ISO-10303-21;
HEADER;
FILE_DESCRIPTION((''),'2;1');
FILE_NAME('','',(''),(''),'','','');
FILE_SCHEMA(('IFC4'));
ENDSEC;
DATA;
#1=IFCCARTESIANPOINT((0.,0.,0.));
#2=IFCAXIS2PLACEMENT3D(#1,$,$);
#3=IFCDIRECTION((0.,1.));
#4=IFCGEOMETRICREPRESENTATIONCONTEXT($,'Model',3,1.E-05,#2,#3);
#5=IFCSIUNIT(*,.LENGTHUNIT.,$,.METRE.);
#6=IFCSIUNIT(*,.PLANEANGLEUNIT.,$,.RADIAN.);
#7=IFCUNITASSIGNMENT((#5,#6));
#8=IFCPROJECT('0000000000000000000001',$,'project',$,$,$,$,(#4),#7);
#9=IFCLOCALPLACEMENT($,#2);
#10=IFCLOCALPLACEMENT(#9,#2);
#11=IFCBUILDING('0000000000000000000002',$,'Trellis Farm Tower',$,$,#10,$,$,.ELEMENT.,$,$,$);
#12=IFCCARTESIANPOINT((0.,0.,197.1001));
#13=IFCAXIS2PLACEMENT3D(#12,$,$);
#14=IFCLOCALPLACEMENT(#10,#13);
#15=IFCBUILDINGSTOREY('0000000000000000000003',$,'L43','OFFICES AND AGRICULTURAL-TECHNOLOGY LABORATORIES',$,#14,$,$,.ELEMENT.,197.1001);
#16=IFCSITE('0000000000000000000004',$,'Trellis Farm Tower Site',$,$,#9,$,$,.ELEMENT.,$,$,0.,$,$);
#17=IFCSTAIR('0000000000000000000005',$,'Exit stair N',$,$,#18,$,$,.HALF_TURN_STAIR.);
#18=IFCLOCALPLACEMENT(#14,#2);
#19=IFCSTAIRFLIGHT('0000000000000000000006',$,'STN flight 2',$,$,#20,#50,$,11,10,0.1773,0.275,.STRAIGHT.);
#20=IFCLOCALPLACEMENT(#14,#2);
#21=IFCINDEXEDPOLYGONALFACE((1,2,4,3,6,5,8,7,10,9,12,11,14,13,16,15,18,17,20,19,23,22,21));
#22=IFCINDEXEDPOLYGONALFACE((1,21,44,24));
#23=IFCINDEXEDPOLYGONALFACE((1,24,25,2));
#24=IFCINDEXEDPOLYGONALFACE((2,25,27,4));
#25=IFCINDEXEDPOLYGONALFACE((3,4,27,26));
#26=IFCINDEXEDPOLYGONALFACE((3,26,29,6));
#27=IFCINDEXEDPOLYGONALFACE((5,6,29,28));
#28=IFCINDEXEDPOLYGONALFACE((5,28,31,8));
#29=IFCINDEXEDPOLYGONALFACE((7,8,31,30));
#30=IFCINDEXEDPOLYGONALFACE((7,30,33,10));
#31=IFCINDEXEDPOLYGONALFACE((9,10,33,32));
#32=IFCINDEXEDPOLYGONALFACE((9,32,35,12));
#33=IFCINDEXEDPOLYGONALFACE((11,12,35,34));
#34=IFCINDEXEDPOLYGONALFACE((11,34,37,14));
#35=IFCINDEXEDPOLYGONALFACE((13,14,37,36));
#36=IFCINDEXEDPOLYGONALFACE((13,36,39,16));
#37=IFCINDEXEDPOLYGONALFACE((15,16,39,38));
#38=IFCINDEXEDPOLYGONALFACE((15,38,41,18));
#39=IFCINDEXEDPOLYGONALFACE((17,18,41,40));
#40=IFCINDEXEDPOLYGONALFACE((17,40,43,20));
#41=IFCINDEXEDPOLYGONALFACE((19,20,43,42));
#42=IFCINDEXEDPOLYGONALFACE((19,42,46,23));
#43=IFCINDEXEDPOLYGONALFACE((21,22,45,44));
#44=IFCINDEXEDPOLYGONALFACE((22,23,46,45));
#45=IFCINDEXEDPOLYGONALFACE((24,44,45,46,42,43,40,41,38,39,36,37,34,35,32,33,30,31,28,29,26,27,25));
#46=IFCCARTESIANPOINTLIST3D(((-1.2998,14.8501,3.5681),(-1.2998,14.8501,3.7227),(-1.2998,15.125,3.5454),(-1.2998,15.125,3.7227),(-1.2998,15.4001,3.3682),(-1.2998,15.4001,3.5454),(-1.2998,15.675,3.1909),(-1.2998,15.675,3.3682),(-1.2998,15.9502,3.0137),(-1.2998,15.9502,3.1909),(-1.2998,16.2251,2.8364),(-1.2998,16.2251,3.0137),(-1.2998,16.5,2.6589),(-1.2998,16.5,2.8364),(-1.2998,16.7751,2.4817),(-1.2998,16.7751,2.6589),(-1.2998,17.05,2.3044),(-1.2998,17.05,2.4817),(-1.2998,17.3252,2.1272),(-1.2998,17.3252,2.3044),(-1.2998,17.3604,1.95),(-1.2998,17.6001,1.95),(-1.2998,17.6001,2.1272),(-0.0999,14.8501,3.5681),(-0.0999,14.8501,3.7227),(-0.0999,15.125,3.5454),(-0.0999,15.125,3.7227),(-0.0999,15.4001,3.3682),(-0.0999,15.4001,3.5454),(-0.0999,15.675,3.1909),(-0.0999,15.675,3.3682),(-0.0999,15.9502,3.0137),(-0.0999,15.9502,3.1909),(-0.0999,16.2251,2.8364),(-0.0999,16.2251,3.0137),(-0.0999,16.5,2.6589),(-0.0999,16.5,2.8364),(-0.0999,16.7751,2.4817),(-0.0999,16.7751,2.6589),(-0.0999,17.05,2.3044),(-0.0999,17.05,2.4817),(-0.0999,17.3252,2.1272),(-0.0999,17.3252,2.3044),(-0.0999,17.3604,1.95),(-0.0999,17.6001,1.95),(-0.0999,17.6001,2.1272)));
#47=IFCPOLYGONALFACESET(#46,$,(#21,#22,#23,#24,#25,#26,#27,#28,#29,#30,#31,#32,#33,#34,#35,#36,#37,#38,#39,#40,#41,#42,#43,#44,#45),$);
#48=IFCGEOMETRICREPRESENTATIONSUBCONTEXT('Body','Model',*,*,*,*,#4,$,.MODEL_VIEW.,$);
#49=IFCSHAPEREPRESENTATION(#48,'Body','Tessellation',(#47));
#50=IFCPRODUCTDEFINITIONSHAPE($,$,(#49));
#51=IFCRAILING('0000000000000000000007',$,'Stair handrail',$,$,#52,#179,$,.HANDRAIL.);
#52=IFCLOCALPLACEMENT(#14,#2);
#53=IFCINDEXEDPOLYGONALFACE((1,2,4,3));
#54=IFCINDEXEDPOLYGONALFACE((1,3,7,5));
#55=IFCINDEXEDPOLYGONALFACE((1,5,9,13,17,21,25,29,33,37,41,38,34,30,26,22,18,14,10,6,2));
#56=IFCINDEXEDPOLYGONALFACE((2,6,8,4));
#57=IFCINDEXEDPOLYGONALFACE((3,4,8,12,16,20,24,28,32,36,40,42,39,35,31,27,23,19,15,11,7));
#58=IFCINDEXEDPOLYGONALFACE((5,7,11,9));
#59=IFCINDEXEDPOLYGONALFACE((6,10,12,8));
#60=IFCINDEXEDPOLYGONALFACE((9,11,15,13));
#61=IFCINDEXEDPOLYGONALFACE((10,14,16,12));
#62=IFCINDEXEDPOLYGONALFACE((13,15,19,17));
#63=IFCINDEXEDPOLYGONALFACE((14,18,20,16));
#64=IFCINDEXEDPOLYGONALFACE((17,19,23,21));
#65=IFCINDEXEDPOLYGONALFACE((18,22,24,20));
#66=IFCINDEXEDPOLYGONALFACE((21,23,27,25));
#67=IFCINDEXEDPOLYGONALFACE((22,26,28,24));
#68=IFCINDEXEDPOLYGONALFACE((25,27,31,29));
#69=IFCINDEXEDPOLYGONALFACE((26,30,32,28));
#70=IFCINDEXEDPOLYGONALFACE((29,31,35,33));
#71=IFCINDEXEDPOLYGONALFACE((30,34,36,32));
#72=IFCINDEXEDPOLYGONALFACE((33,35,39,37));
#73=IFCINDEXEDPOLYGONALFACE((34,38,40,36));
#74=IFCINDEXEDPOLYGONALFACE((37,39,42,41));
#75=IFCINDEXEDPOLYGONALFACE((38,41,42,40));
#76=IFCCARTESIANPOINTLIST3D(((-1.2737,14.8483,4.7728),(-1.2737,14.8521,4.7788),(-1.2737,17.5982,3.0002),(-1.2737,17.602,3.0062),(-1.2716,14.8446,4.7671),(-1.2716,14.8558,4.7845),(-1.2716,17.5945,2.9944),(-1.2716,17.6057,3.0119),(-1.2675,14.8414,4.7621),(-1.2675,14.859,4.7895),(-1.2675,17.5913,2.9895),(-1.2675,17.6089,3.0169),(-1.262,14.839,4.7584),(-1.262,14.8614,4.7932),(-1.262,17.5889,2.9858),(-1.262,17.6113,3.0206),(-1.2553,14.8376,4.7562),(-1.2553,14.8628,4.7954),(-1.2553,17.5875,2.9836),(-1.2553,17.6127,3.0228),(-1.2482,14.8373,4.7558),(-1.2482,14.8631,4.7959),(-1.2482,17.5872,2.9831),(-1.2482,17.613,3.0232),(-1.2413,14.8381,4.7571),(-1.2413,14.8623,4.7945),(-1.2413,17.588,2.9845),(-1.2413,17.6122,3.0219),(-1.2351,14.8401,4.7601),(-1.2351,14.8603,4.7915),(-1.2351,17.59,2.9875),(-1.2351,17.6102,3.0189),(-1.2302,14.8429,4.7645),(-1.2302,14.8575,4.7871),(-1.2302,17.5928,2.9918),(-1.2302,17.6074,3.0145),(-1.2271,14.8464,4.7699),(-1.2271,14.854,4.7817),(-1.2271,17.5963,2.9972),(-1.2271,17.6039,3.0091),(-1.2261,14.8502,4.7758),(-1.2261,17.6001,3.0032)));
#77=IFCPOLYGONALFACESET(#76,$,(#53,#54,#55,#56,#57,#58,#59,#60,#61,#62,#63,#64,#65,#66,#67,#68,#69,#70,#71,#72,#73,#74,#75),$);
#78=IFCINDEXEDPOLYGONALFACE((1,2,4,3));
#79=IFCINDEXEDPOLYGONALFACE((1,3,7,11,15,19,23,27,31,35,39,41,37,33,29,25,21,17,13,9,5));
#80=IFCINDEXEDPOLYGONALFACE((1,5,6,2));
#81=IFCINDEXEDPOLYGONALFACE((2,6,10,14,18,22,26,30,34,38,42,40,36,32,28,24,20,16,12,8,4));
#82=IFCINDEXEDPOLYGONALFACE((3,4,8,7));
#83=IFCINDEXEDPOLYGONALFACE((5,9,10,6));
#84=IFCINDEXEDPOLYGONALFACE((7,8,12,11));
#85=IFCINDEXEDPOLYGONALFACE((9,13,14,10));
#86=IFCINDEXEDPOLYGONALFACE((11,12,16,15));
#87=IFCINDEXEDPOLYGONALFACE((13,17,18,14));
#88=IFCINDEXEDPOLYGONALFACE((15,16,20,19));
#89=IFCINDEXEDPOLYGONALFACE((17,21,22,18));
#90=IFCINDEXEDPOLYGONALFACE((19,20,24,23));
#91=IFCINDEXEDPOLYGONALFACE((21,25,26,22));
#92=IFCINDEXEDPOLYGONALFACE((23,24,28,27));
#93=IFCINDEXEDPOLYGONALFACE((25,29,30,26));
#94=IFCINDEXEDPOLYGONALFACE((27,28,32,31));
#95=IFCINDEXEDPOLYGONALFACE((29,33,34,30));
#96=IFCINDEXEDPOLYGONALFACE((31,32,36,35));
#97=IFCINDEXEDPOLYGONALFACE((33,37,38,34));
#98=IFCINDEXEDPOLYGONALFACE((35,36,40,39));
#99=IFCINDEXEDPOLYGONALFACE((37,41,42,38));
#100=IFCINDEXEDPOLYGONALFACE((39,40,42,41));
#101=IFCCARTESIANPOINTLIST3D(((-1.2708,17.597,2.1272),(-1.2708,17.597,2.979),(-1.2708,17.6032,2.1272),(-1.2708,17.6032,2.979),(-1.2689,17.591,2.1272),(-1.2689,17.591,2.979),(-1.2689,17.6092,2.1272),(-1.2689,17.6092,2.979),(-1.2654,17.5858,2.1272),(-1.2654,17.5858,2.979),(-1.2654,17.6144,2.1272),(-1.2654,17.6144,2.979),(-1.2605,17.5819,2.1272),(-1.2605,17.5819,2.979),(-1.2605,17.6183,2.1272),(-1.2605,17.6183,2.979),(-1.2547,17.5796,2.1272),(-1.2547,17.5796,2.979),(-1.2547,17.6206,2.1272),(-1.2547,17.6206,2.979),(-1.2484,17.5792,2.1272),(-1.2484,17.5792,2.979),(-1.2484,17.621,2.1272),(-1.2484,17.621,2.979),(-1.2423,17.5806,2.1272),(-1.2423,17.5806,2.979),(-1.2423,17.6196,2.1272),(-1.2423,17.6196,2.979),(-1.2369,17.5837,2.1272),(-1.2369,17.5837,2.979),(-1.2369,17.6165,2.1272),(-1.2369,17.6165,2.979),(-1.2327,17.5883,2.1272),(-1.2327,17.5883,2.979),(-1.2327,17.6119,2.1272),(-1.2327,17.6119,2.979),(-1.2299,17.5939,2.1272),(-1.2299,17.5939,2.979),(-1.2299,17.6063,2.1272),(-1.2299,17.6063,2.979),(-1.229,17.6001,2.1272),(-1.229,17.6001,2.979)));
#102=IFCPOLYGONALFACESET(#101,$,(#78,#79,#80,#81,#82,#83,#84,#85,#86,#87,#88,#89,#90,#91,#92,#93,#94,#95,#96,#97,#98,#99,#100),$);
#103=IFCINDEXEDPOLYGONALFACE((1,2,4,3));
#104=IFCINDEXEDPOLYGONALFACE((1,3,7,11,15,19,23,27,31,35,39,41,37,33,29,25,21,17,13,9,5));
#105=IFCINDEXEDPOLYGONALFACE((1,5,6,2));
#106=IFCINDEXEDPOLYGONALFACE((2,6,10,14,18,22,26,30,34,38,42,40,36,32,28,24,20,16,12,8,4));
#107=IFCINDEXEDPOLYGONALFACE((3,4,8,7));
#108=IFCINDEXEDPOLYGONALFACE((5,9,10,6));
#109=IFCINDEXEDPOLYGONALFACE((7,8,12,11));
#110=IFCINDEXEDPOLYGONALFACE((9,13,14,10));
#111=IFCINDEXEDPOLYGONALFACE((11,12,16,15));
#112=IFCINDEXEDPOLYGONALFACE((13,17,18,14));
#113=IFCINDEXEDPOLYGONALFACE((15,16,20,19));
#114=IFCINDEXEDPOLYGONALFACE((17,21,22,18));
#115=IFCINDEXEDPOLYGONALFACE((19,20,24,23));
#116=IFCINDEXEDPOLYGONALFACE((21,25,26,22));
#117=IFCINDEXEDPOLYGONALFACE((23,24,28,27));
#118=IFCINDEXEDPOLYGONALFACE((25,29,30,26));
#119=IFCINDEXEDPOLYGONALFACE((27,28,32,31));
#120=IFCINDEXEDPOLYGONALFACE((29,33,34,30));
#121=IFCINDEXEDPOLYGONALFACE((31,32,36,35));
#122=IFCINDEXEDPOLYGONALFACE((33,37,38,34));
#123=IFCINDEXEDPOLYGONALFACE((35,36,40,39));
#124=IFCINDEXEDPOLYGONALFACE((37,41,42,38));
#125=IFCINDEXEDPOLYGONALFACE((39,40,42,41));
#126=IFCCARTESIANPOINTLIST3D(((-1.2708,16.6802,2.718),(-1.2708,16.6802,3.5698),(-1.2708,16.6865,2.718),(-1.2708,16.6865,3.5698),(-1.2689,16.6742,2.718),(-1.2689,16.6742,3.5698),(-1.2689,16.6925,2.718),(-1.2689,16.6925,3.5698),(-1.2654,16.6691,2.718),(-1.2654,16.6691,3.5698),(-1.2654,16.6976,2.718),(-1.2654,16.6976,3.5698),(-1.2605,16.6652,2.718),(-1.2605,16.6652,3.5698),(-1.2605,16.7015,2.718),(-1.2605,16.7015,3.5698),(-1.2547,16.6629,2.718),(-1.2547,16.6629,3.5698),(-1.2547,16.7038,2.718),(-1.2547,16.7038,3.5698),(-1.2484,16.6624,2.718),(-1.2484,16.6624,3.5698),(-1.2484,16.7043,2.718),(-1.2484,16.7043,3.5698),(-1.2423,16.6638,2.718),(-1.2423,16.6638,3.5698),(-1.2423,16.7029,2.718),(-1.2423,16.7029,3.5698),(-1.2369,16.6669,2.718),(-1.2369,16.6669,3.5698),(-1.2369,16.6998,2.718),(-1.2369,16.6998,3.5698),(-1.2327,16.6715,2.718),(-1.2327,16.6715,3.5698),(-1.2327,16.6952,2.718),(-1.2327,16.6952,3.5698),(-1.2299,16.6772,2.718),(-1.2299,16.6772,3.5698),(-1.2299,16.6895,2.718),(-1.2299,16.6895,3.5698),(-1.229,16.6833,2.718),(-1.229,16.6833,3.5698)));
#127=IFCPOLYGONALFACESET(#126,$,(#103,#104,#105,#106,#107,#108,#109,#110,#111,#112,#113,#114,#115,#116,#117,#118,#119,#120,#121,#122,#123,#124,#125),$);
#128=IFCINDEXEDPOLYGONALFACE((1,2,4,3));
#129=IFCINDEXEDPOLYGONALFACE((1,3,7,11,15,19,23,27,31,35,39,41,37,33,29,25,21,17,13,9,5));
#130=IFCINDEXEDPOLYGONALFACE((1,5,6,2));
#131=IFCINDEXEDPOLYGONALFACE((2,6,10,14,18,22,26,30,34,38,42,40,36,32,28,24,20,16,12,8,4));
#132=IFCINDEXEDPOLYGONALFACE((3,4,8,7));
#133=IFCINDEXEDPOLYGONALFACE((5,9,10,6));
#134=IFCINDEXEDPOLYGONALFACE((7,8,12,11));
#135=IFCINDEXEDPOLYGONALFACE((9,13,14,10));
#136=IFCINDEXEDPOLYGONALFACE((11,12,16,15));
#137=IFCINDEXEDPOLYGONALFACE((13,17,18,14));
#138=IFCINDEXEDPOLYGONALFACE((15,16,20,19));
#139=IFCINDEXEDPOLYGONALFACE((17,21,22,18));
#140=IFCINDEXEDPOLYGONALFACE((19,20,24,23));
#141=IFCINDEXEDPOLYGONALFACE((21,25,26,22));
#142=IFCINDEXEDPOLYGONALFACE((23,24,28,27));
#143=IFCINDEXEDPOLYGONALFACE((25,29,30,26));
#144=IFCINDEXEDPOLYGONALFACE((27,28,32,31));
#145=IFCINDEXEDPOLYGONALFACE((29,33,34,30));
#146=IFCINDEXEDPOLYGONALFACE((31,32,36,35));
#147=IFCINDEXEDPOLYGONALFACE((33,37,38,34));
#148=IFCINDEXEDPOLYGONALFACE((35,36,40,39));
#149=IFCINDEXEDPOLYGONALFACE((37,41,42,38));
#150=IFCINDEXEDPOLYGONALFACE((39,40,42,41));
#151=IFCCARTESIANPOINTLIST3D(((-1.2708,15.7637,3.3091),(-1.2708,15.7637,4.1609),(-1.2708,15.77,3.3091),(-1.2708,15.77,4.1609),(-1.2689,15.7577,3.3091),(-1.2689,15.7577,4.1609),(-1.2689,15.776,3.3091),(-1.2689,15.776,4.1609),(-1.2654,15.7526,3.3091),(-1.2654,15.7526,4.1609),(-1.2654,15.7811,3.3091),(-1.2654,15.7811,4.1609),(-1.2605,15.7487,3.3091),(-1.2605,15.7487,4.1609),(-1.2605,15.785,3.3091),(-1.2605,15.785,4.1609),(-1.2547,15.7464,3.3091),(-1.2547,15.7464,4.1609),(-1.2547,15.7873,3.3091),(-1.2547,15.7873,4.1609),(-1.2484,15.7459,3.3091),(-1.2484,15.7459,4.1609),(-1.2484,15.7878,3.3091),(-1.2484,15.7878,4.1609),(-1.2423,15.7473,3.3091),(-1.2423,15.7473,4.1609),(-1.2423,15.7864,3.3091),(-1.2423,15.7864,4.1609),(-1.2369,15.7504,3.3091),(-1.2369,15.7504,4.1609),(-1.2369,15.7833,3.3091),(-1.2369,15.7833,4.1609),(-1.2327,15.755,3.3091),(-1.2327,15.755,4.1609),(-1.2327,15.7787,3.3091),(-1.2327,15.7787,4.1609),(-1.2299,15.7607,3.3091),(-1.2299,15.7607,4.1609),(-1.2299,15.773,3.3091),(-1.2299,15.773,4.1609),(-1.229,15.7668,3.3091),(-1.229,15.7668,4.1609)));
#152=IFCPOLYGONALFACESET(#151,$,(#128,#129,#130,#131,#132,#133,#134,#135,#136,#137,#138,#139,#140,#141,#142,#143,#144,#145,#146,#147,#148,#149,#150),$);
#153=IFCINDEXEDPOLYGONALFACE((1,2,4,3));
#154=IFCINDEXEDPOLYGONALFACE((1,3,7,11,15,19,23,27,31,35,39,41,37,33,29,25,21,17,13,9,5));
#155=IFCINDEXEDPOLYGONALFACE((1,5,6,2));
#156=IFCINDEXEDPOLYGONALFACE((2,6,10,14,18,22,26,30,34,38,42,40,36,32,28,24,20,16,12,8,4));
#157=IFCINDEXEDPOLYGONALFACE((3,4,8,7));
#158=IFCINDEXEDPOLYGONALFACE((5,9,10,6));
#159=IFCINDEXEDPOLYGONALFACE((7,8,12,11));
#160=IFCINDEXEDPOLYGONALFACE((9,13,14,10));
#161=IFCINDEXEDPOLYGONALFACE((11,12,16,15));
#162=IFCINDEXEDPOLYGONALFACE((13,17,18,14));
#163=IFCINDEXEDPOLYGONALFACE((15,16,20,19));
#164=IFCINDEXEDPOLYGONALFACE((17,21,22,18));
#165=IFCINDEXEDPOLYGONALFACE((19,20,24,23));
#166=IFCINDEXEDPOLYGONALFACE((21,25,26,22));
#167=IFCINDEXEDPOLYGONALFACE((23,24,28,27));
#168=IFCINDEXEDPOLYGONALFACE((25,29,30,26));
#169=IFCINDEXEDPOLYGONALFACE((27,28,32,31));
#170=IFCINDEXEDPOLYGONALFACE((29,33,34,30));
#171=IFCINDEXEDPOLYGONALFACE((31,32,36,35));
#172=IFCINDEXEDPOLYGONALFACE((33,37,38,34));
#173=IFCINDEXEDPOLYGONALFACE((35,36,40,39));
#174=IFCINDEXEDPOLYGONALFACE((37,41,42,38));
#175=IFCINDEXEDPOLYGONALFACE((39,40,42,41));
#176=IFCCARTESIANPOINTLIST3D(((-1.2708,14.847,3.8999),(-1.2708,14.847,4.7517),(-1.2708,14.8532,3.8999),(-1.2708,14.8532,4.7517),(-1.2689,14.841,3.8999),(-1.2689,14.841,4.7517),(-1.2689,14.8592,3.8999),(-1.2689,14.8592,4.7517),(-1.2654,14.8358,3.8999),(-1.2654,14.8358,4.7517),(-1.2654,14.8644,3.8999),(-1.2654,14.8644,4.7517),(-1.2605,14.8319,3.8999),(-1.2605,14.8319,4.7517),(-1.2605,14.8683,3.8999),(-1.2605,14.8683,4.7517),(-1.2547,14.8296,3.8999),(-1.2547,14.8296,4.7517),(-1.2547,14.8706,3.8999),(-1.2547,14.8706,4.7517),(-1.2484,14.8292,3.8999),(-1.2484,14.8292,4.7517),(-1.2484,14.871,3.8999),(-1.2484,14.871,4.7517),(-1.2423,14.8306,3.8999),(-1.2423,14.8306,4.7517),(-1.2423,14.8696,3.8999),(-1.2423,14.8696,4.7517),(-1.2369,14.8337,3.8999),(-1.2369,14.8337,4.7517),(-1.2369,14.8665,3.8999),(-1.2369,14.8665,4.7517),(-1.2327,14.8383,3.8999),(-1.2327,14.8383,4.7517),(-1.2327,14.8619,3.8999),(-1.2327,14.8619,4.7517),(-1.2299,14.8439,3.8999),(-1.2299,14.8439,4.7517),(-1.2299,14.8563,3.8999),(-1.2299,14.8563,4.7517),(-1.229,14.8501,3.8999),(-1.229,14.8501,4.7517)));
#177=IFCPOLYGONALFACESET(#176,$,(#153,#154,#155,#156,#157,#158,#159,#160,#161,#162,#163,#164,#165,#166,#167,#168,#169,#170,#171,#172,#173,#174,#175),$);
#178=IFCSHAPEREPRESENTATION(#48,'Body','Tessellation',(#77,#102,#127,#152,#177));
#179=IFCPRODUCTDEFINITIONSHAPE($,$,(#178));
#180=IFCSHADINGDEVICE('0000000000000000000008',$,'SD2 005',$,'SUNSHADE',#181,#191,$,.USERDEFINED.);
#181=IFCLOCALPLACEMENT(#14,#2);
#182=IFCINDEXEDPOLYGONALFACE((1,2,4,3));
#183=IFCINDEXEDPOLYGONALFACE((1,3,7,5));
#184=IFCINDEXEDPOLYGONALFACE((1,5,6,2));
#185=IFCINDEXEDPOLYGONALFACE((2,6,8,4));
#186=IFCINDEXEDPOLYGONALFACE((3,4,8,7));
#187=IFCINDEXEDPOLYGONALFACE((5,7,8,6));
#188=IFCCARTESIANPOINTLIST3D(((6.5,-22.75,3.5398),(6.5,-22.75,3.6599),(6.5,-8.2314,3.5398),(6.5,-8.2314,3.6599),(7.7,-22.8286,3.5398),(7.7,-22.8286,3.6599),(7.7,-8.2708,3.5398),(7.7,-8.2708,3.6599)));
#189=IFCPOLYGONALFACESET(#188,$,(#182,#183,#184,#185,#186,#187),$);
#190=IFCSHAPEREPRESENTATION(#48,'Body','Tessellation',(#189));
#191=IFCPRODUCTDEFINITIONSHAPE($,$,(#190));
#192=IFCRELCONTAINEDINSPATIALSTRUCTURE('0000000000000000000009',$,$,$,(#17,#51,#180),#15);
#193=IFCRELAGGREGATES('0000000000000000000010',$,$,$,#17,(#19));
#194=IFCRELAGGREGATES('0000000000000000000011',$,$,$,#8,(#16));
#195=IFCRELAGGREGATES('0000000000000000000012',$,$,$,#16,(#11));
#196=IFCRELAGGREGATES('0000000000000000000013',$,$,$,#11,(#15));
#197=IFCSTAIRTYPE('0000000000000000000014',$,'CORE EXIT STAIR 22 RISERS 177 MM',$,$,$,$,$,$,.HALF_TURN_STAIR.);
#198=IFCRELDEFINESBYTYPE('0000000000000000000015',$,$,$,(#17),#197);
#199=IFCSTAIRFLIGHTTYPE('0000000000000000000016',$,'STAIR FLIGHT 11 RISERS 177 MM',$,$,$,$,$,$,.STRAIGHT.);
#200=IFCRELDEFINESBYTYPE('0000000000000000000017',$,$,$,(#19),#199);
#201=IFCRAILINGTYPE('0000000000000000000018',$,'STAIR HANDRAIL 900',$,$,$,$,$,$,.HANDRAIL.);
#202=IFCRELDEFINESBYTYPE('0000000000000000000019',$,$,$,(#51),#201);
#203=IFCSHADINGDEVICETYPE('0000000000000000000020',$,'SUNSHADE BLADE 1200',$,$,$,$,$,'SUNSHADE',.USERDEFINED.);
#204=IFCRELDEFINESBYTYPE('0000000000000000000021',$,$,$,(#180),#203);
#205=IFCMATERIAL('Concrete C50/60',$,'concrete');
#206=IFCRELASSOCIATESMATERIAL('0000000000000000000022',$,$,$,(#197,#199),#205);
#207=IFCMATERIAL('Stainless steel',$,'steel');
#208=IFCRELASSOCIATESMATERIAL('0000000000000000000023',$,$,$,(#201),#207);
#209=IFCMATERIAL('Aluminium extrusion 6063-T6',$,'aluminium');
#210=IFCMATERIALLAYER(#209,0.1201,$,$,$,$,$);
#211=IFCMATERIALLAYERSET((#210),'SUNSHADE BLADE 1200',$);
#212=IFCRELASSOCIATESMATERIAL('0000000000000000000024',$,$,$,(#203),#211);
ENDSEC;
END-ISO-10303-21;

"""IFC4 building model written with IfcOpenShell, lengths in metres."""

from ifc_helpers import new_model, si_unit, direction, frame, origin, origin_2d, place, context, subcontext, project, spatial, polyline, circle, outline, extrude, source, transform, mapped, material, layer, layer_set, type_object, element, aggregate, save


model = new_model("IFC4")

# Units and contexts
model_context = context("Model", 3, precision=1e-05, world=origin(), true_north=direction((0.0, 1.0)))
body_context = subcontext(model_context, "Body", "Model", "MODEL_VIEW")
ifc_project = project(units=[si_unit("LENGTHUNIT", "METRE"), si_unit("PLANEANGLEUNIT", "RADIAN")], contexts=[model_context])

# Site, building, storey
site_placement = place(None, origin())
site = spatial("IfcSite", under=ifc_project, at=site_placement, Name="Trellis Farm Tower Site", CompositionType="ELEMENT", RefElevation=0.0)
building_placement = place(site_placement, origin())
building = spatial("IfcBuilding", under=site, at=building_placement, Name="Trellis Farm Tower", CompositionType="ELEMENT")
storey_placement = place(building_placement, frame((0.0, 0.0, 197.1001)))
storey = spatial("IfcBuildingStorey", under=building, at=storey_placement, Name="L43", Description="OFFICES AND AGRICULTURAL-TECHNOLOGY LABORATORIES", CompositionType="ELEMENT", Elevation=197.1001)

# Shared definitions
placement = place(storey_placement, origin())
ifc_material_1 = material(Name="Aluminium extrusion 6063-T6", Category="aluminium")

# Stair, stair flight
ifc_material_2 = material(Name="Concrete C50/60", Category="concrete")
stair_type = type_object("IfcStairType", Name="CORE EXIT STAIR 22 RISERS 177 MM", PredefinedType="HALF_TURN_STAIR", material=ifc_material_2)
stair = element("IfcStair", 1, at=placement, inside=storey, type_object=stair_type, Name="Exit stair N", PredefinedType="HALF_TURN_STAIR")
stair_flight_type = type_object("IfcStairFlightType", Name="STAIR FLIGHT 11 RISERS 177 MM", PredefinedType="STRAIGHT", material=ifc_material_2)
shared_shape_1 = source(origin(), body_context, "Body", "SweptSolid", [
    extrude(outline(polyline([(0.0, 0.0), (0.0, 0.1772), (0.2749, 0.1772), (0.2749, 0.3545), (0.55, 0.3545), (0.55, 0.5317), (0.825, 0.5317), (0.825, 0.709), (1.1001, 0.709), (1.1001, 0.8865), (1.375, 0.8865), (1.375, 1.0637), (1.6499, 1.0637), (1.6499, 1.241), (1.925, 1.241), (1.925, 1.4182), (2.2, 1.4182), (2.2, 1.5955), (2.4751, 1.5955), (2.4751, 1.7727), (2.75, 1.7727), (2.75, 1.95), (2.75, 1.6182), (0.2397, 0.0), (0.0, 0.0)])), frame((0.0, 0.6001, 0.0), z_axis=(0.0, -1.0, 0.0), x_axis=(1.0, 0.0, 0.0)), (0.0, 0.0, 1.0), 1.2),
])
stair_flight_placement = place(storey_placement, frame((-0.7, 17.6001, 1.95), z_axis=(0.0, 0.0, 1.0), x_axis=(0.0, -1.0, 0.0)))
stair_flight = element("IfcStairFlight", 2, at=stair_flight_placement, type_object=stair_flight_type, Name="STN flight 2", NumberOfRisers=11, NumberOfTreads=10, PredefinedType="STRAIGHT", RiserHeight=0.1773, TreadLength=0.275, context=body_context, shape_type="MappedRepresentation", body=[
    mapped(shared_shape_1, transform((0.0, 0.0, 0.0))),
])
aggregate(stair, [stair_flight])

# Railing
ifc_material_3 = material(Name="Stainless steel", Category="steel")
railing_type = type_object("IfcRailingType", Name="STAIR HANDRAIL 900", PredefinedType="HANDRAIL", material=ifc_material_3)
shared_shape_2 = source(origin(), body_context, "Body", "SweptSolid", [
    extrude(circle(Radius=0.0239, at=origin_2d()), frame((0.0, 0.0, 0.876), z_axis=(0.0, -0.840504, 0.541806), x_axis=(1.0, 0.0, 0.0)), (0.0, 0.0, 1.0), 3.2717),
    extrude(circle(Radius=0.021, at=origin_2d()), origin(), (0.0, 0.0, 1.0), 0.8518),
    extrude(circle(Radius=0.021, at=origin_2d()), frame((0.0, -0.9167, 0.5908)), (0.0, 0.0, 1.0), 0.8518),
    extrude(circle(Radius=0.021, at=origin_2d()), frame((0.0, -1.8333, 1.1819)), (0.0, 0.0, 1.0), 0.8518),
    extrude(circle(Radius=0.021, at=origin_2d()), frame((0.0, -2.75, 1.7727)), (0.0, 0.0, 1.0), 0.8518),
])
railing_placement = place(storey_placement, frame((-1.25, 17.6001, 2.1272)))
element("IfcRailing", 3, at=railing_placement, inside=storey, type_object=railing_type, Name="Stair handrail", PredefinedType="HANDRAIL", context=body_context, shape_type="MappedRepresentation", body=[
    mapped(shared_shape_2, transform((0.0, 0.0, 0.0))),
])

# Shading device
ifc_layer_1 = layer(ifc_material_1, 0.1201)
ifc_layer_set_1 = layer_set([ifc_layer_1], Name="SUNSHADE BLADE 1200")
shading_device_type = type_object("IfcShadingDeviceType", Name="SUNSHADE BLADE 1200", ElementType="SUNSHADE", PredefinedType="USERDEFINED", material=ifc_layer_set_1)
shared_shape_3 = source(origin(), body_context, "Body", "SweptSolid", [
    extrude(outline(polyline([(7.7, -22.8286), (7.7, -8.2708), (6.5, -8.2314), (6.5, -22.75), (7.7, -22.8286)])), origin(), (0.0, 0.0, 1.0), 0.1201),
])
shading_device_placement = place(storey_placement, frame((0.0, 0.0, 3.5398)))
element("IfcShadingDevice", 4, at=shading_device_placement, inside=storey, type_object=shading_device_type, Name="SD2 005", ObjectType="SUNSHADE", PredefinedType="USERDEFINED", context=body_context, shape_type="MappedRepresentation", body=[
    mapped(shared_shape_3, transform((0.0, 0.0, 0.0))),
])

save(model, "model.ifc")
